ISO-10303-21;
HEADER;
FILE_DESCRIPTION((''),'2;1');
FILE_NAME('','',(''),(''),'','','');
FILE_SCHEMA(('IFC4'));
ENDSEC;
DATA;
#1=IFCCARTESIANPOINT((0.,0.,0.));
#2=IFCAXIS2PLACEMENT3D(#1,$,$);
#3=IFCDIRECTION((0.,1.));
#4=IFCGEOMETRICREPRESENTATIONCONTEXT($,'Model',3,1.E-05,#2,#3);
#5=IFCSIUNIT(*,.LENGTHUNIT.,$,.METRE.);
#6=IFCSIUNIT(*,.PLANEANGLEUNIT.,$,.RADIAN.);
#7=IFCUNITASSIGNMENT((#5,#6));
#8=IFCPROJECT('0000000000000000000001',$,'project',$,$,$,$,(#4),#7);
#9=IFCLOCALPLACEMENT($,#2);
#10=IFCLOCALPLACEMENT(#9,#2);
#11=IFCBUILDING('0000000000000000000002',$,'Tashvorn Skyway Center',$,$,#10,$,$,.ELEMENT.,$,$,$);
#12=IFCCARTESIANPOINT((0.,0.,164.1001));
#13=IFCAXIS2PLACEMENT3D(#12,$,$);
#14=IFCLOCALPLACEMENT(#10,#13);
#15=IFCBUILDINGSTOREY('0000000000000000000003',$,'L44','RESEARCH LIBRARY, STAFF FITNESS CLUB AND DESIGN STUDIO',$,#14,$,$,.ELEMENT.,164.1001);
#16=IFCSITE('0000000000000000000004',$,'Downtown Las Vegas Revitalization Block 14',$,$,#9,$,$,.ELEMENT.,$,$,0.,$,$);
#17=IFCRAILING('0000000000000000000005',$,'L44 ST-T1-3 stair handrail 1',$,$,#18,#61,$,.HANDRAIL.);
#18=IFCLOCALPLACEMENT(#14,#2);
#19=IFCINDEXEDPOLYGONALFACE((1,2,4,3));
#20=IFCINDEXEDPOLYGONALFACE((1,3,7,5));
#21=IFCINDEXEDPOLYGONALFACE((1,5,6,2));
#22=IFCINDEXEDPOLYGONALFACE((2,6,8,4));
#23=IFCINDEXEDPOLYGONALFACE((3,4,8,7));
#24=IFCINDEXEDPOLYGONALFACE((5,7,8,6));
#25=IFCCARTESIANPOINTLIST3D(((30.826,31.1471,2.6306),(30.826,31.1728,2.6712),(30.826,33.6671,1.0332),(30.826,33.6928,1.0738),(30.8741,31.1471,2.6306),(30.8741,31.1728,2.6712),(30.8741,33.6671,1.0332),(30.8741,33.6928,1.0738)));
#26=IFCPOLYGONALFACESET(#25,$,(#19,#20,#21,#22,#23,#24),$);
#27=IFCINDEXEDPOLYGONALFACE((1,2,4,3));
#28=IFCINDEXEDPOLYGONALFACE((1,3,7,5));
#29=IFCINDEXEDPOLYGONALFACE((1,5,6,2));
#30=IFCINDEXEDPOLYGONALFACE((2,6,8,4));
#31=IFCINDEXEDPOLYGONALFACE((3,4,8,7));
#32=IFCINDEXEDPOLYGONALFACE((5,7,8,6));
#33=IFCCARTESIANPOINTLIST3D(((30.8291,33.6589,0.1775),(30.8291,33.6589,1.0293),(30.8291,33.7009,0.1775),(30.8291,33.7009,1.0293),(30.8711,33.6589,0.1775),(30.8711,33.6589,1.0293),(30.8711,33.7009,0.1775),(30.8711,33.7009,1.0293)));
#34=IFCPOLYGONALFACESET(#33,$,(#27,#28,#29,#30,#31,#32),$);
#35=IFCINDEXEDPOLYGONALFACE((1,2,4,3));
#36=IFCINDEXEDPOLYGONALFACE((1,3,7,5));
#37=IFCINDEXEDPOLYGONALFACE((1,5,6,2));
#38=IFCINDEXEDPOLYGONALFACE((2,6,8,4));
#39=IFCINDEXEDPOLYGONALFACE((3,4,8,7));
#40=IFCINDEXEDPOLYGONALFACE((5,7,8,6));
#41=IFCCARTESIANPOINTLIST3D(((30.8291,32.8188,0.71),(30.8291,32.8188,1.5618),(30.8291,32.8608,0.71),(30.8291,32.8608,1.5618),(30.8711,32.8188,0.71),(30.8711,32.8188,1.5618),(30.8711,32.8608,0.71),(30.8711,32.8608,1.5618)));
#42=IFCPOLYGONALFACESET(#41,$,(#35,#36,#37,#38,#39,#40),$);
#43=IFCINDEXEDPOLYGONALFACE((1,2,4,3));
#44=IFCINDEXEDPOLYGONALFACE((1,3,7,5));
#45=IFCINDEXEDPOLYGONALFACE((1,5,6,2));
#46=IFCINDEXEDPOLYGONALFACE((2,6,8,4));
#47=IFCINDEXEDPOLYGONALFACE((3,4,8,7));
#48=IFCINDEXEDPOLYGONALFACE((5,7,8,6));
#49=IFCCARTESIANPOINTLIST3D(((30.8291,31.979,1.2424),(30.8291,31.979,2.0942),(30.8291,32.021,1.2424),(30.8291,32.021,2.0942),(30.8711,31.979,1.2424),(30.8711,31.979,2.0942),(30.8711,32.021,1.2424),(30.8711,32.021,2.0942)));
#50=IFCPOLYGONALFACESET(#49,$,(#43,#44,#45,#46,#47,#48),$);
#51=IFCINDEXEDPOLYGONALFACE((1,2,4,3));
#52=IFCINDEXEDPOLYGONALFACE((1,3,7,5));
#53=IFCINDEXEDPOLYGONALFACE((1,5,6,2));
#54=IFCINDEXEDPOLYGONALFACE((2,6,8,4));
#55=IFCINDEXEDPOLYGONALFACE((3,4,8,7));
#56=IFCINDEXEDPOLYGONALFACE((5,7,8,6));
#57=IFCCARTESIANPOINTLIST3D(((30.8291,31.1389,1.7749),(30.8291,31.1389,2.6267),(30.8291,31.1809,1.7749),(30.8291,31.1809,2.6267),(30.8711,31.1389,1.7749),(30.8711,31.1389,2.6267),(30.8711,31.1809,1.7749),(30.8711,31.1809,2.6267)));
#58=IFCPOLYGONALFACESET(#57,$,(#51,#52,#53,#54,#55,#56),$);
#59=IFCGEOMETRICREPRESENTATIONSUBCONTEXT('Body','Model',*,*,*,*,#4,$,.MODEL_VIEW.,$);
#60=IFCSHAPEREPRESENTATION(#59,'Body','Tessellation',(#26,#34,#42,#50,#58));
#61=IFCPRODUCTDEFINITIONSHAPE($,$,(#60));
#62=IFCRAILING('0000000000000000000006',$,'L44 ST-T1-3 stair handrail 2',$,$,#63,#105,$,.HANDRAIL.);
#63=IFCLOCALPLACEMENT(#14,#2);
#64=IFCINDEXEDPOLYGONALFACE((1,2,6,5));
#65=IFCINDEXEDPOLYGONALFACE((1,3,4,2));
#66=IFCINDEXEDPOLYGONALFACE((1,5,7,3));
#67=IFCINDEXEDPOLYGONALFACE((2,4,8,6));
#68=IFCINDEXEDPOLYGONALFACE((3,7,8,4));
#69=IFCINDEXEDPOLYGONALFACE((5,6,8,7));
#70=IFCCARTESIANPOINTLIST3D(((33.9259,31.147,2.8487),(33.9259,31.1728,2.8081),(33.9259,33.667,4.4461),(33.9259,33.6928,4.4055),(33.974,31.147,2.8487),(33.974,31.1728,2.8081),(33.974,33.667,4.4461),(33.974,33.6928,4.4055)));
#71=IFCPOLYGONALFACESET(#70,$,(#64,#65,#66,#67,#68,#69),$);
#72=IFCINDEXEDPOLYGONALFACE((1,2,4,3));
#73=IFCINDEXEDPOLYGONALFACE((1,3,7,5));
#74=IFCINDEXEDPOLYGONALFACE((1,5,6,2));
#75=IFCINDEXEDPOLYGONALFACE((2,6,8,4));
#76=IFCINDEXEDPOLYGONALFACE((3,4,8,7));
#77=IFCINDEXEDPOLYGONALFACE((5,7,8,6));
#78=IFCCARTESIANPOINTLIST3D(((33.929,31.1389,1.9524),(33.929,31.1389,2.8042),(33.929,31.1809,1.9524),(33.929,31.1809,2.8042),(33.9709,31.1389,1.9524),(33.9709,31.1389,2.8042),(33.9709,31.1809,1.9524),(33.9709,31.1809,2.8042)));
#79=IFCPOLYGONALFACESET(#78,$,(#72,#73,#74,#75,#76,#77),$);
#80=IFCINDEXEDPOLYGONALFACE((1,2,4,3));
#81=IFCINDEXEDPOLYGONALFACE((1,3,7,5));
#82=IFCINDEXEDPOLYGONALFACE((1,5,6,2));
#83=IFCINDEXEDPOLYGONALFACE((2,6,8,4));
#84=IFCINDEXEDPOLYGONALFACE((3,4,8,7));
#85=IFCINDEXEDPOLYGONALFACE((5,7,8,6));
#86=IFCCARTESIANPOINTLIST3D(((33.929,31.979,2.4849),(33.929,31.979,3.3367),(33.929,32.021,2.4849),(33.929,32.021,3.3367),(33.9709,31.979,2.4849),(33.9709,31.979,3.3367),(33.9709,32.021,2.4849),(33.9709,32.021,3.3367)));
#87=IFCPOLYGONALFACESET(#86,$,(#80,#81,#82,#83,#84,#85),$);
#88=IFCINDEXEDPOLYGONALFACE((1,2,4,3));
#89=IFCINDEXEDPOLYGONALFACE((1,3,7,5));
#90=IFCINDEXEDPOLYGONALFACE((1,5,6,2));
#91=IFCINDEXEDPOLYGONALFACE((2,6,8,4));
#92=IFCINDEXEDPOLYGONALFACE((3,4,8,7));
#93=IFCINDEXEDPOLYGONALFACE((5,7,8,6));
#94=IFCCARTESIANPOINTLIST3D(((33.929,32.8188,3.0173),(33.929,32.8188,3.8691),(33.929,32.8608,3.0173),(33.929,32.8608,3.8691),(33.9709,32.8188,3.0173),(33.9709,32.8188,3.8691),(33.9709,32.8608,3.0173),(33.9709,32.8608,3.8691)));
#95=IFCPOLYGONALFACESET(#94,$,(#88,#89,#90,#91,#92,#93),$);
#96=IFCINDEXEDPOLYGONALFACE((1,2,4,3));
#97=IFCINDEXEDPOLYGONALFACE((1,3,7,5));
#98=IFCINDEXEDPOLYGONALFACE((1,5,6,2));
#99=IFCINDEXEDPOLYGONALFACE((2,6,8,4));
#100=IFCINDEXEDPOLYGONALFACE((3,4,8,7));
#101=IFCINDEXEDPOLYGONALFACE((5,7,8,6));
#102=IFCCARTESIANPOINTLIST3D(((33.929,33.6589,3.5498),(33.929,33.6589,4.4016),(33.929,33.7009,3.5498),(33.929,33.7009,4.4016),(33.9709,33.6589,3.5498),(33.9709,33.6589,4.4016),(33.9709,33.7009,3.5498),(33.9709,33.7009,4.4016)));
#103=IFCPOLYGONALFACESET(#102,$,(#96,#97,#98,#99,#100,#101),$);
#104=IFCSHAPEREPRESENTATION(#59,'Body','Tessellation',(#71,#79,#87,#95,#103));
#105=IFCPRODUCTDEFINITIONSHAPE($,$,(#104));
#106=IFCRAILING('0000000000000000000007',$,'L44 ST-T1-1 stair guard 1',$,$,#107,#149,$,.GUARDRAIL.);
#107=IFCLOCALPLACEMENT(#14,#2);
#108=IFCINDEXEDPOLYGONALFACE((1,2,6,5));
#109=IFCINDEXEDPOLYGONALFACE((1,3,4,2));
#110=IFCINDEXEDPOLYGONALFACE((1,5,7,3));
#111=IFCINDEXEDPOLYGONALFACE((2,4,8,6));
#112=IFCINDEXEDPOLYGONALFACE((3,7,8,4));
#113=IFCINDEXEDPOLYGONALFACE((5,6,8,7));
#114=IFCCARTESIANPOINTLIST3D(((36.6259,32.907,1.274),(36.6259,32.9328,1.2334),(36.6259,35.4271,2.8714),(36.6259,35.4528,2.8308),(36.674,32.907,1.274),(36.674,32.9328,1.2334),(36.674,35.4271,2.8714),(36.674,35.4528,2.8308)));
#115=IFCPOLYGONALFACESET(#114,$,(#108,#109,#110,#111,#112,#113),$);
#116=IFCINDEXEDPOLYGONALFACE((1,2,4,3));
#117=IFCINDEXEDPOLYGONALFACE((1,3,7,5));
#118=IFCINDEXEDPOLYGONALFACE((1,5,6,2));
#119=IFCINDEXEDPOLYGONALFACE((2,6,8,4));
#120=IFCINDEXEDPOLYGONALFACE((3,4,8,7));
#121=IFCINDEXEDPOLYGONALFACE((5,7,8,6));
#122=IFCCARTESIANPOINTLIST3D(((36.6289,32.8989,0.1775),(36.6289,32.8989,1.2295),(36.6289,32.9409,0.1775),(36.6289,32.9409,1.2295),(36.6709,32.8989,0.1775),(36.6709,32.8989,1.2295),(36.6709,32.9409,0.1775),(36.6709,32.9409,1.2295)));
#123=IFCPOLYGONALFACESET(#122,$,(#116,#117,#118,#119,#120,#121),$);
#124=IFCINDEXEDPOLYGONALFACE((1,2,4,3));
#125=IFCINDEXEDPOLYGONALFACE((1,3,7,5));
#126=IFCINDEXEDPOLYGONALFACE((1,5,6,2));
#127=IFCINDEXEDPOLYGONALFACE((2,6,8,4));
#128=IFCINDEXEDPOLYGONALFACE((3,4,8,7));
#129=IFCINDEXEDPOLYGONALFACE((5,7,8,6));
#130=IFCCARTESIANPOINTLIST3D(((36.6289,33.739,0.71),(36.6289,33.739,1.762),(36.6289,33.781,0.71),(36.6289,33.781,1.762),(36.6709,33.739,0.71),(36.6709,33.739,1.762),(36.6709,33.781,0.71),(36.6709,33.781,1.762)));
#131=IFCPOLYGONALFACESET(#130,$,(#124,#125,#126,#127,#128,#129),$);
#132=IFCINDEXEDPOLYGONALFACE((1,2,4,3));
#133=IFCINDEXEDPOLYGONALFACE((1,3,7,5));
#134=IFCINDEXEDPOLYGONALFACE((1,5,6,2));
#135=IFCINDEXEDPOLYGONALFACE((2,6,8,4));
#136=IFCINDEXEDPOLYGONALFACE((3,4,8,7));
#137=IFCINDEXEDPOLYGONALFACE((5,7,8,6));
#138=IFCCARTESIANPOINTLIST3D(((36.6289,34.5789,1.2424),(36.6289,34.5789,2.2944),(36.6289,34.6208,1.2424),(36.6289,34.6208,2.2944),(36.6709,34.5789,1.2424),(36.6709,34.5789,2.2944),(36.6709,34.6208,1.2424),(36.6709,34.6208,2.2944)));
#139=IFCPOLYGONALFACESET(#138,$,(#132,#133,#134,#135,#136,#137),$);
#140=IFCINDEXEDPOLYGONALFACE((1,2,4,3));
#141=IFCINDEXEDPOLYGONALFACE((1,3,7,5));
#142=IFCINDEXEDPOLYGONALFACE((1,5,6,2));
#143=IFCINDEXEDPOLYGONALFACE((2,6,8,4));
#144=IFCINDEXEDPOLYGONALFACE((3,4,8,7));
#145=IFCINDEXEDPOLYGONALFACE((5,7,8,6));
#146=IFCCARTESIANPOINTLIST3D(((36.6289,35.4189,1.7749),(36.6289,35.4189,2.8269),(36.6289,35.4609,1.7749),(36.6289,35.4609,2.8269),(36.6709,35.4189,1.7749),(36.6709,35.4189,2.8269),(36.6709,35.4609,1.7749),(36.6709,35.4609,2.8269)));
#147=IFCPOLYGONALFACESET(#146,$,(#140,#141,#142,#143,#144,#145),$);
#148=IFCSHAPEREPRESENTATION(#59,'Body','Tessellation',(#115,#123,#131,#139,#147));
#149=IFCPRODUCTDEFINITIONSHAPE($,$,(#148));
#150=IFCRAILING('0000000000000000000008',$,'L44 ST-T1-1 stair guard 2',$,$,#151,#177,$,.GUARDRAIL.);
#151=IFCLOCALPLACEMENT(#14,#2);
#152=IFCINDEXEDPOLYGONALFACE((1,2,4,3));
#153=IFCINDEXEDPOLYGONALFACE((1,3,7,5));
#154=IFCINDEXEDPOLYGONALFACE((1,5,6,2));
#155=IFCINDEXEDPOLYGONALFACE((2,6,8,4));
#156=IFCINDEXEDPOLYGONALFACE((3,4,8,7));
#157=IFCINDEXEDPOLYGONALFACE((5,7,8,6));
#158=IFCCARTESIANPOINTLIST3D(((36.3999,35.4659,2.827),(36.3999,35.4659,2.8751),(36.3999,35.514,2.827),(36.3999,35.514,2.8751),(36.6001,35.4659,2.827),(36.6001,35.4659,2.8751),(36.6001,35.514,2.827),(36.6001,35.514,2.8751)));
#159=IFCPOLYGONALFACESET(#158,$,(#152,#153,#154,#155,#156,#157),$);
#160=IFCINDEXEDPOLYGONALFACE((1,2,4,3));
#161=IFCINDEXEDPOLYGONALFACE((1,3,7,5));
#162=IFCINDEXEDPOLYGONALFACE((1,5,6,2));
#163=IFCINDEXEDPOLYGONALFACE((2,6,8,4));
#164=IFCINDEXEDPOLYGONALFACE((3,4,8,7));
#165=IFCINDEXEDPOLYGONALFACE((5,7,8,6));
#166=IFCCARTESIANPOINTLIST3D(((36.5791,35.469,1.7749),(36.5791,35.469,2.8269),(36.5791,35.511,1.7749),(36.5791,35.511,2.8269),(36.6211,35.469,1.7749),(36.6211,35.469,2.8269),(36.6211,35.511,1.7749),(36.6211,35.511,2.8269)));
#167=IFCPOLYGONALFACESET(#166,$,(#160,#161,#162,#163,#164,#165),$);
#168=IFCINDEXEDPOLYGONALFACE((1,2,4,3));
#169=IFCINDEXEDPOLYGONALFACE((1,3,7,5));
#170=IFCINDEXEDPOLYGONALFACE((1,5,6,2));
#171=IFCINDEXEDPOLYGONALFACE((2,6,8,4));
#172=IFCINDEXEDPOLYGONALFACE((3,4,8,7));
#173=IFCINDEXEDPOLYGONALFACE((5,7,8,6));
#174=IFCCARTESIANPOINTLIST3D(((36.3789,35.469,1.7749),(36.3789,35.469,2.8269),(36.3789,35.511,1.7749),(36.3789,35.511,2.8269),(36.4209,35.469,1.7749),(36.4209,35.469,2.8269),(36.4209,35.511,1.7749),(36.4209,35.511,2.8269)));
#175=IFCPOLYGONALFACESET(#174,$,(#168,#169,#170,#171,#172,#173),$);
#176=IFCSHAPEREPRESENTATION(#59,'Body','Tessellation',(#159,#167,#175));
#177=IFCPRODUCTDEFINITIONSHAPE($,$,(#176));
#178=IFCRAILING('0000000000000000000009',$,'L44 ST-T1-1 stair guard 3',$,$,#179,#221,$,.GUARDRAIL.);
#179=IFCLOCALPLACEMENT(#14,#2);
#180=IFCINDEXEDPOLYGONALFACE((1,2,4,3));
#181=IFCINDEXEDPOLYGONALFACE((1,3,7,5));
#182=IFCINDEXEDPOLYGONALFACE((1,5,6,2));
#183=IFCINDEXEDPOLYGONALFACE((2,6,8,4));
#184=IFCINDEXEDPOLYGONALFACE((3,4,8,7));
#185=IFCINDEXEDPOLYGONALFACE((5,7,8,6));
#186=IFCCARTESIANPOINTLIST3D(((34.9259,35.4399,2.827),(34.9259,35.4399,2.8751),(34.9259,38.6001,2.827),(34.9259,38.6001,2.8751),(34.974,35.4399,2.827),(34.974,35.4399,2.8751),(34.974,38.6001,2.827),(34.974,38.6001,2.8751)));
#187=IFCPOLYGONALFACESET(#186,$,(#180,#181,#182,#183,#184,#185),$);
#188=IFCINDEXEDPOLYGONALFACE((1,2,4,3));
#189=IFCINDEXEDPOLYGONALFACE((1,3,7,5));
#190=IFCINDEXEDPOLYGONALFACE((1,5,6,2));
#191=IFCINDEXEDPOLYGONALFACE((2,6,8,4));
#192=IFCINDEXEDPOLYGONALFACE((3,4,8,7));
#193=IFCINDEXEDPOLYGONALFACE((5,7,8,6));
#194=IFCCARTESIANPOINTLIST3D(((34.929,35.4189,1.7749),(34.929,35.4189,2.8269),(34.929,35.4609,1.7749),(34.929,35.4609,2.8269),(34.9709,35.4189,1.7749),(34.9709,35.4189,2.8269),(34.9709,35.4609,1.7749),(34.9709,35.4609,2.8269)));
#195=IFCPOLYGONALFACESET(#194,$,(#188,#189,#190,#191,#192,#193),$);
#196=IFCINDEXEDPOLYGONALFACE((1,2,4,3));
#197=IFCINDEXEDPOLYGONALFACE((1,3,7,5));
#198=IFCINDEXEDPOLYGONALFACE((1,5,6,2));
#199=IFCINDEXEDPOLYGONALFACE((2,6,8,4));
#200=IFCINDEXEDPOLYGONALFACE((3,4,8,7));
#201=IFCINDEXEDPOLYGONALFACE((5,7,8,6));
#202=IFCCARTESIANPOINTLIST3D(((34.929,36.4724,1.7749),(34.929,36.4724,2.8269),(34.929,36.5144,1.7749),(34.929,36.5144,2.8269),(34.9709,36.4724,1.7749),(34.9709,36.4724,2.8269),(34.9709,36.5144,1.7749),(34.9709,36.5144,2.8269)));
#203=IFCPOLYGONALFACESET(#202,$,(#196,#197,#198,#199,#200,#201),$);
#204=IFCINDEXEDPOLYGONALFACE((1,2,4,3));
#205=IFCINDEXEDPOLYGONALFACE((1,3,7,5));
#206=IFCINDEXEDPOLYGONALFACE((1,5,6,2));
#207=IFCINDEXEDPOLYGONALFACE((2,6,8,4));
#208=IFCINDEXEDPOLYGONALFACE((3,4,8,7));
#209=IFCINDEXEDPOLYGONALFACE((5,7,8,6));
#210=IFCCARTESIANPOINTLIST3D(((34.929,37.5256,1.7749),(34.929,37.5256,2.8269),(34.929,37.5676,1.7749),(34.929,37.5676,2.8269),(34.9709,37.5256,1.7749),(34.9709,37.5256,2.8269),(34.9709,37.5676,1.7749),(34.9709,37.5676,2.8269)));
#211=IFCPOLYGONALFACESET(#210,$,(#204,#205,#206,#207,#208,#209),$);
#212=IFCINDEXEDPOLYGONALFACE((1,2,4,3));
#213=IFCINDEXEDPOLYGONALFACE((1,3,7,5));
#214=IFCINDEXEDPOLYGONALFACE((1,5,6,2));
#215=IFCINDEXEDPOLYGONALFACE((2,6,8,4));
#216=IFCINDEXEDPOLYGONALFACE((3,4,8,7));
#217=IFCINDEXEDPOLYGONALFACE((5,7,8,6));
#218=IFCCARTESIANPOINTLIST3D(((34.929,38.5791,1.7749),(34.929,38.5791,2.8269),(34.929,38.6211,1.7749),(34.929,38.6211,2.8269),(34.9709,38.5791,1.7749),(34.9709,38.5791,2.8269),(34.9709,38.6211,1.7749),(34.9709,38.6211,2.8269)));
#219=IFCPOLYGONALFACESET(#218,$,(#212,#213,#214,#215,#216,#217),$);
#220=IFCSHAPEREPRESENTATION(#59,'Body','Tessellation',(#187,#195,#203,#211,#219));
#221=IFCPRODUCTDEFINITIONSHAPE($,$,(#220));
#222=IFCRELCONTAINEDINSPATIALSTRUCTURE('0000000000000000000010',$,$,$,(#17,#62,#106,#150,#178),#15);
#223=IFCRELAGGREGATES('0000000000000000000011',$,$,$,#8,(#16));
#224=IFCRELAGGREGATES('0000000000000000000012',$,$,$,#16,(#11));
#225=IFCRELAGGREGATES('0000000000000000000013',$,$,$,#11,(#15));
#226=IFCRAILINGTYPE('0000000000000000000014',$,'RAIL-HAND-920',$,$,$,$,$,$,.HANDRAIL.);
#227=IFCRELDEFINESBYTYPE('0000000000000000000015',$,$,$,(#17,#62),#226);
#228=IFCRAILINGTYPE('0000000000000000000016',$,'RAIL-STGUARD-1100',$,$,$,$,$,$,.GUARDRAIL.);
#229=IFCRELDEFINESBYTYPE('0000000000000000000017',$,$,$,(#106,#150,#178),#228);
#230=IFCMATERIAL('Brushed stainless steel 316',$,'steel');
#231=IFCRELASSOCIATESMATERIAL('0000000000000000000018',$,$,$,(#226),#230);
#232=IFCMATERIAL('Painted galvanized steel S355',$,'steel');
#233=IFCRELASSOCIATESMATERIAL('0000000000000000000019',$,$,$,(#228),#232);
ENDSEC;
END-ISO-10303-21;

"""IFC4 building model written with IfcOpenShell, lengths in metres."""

from ifc_helpers import new_model, si_unit, direction, frame, origin, origin_2d, place, context, subcontext, project, spatial, rectangle, extrude, material, type_object, element, save


model = new_model("IFC4")

# Units and contexts
model_context = context("Model", 3, precision=1e-05, world=origin(), true_north=direction((0.0, 1.0)))
body_context = subcontext(model_context, "Body", "Model", "MODEL_VIEW")
ifc_project = project(units=[si_unit("LENGTHUNIT", "METRE"), si_unit("PLANEANGLEUNIT", "RADIAN")], contexts=[model_context])

# Site, building, storey
site_placement = place(None, origin())
site = spatial("IfcSite", under=ifc_project, at=site_placement, Name="Downtown Las Vegas Revitalization Block 14", CompositionType="ELEMENT", RefElevation=0.0)
building_placement = place(site_placement, origin())
building = spatial("IfcBuilding", under=site, at=building_placement, Name="Tashvorn Skyway Center", CompositionType="ELEMENT")
storey_placement = place(building_placement, frame((0.0, 0.0, 164.1001)))
storey = spatial("IfcBuildingStorey", under=building, at=storey_placement, Name="L44", Description="RESEARCH LIBRARY, STAFF FITNESS CLUB AND DESIGN STUDIO", CompositionType="ELEMENT", Elevation=164.1001)

# Railings
ifc_material_1 = material(Name="Brushed stainless steel 316", Category="steel")
railing_type_1 = type_object("IfcRailingType", Name="RAIL-HAND-920", PredefinedType="HANDRAIL", material=ifc_material_1)
for number, where, name in (
    (1, (30.8501, 33.6799, 0.1775), "L44 ST-T1-3 stair handrail 1"),
):
    element("IfcRailing", number, at=place(storey_placement, frame(where)), inside=storey, type_object=railing_type_1, Name=name, PredefinedType="HANDRAIL", context=body_context, shape_type="SweptSolid", body=[
        extrude(rectangle(XDim=0.0481, YDim=0.0481, at=origin_2d()), frame((0.0, 0.0, 0.876), z_axis=(0.0, -0.844607, 0.535387), x_axis=(1.0, 0.0, 0.0)), (0.0, 0.0, 1.0), 2.9836),
        extrude(rectangle(XDim=0.042, YDim=0.042, at=origin_2d()), origin(), (0.0, 0.0, 1.0), 0.8518),
        extrude(rectangle(XDim=0.042, YDim=0.042, at=origin_2d()), frame((0.0, -0.8401, 0.5325)), (0.0, 0.0, 1.0), 0.8518),
        extrude(rectangle(XDim=0.042, YDim=0.042, at=origin_2d()), frame((0.0, -1.6799, 1.0649)), (0.0, 0.0, 1.0), 0.8518),
        extrude(rectangle(XDim=0.042, YDim=0.042, at=origin_2d()), frame((0.0, -2.52, 1.5974)), (0.0, 0.0, 1.0), 0.8518),
    ])
railing_1_placement = place(storey_placement, frame((33.95, 31.1599, 1.9524)))
element("IfcRailing", 2, at=railing_1_placement, inside=storey, type_object=railing_type_1, Name="L44 ST-T1-3 stair handrail 2", PredefinedType="HANDRAIL", context=body_context, shape_type="SweptSolid", body=[
    extrude(rectangle(XDim=0.0481, YDim=0.0481, at=origin_2d()), frame((0.0, 0.0, 0.876), z_axis=(0.0, 0.844607, 0.535387), x_axis=(-1.0, 0.0, 0.0)), (0.0, 0.0, 1.0), 2.9836),
    extrude(rectangle(XDim=0.042, YDim=0.042, at=origin_2d()), origin(), (0.0, 0.0, 1.0), 0.8518),
    extrude(rectangle(XDim=0.042, YDim=0.042, at=origin_2d()), frame((0.0, 0.8401, 0.5325)), (0.0, 0.0, 1.0), 0.8518),
    extrude(rectangle(XDim=0.042, YDim=0.042, at=origin_2d()), frame((0.0, 1.6799, 1.0649)), (0.0, 0.0, 1.0), 0.8518),
    extrude(rectangle(XDim=0.042, YDim=0.042, at=origin_2d()), frame((0.0, 2.52, 1.5974)), (0.0, 0.0, 1.0), 0.8518),
])
ifc_material_2 = material(Name="Painted galvanized steel S355", Category="steel")
railing_type_2 = type_object("IfcRailingType", Name="RAIL-STGUARD-1100", PredefinedType="GUARDRAIL", material=ifc_material_2)
railing_2_placement = place(storey_placement, frame((36.6499, 32.9199, 0.1775)))
element("IfcRailing", 3, at=railing_2_placement, inside=storey, type_object=railing_type_2, Name="L44 ST-T1-1 stair guard 1", PredefinedType="GUARDRAIL", context=body_context, shape_type="SweptSolid", body=[
    extrude(rectangle(XDim=0.0481, YDim=0.0481, at=origin_2d()), frame((0.0, 0.0, 1.0762), z_axis=(0.0, 0.844607, 0.535387), x_axis=(-1.0, 0.0, 0.0)), (0.0, 0.0, 1.0), 2.9836),
    extrude(rectangle(XDim=0.042, YDim=0.042, at=origin_2d()), origin(), (0.0, 0.0, 1.0), 1.052),
    extrude(rectangle(XDim=0.042, YDim=0.042, at=origin_2d()), frame((0.0, 0.8401, 0.5325)), (0.0, 0.0, 1.0), 1.052),
    extrude(rectangle(XDim=0.042, YDim=0.042, at=origin_2d()), frame((0.0, 1.6799, 1.0649)), (0.0, 0.0, 1.0), 1.052),
    extrude(rectangle(XDim=0.042, YDim=0.042, at=origin_2d()), frame((0.0, 2.52, 1.5974)), (0.0, 0.0, 1.0), 1.052),
])
railing_3_placement = place(storey_placement, frame((36.6001, 35.49, 1.7749)))
element("IfcRailing", 4, at=railing_3_placement, inside=storey, type_object=railing_type_2, Name="L44 ST-T1-1 stair guard 2", PredefinedType="GUARDRAIL", context=body_context, shape_type="SweptSolid", body=[
    extrude(rectangle(XDim=0.0481, YDim=0.0481, at=origin_2d()), frame((0.0, 0.0, 1.0762), z_axis=(-1.0, 0.0, 0.0), x_axis=(0.0, -1.0, 0.0)), (0.0, 0.0, 1.0), 0.2002),
    extrude(rectangle(XDim=0.042, YDim=0.042, at=origin_2d()), origin(), (0.0, 0.0, 1.0), 1.052),
    extrude(rectangle(XDim=0.042, YDim=0.042, at=origin_2d()), frame((-0.2002, 0.0, 0.0)), (0.0, 0.0, 1.0), 1.052),
])
railing_4_placement = place(storey_placement, frame((34.95, 35.4399, 1.7749)))
element("IfcRailing", 5, at=railing_4_placement, inside=storey, type_object=railing_type_2, Name="L44 ST-T1-1 stair guard 3", PredefinedType="GUARDRAIL", context=body_context, shape_type="SweptSolid", body=[
    extrude(rectangle(XDim=0.0481, YDim=0.0481, at=origin_2d()), frame((0.0, 0.0, 1.0762), z_axis=(0.0, 1.0, 0.0), x_axis=(-1.0, 0.0, 0.0)), (0.0, 0.0, 1.0), 3.1602),
    extrude(rectangle(XDim=0.042, YDim=0.042, at=origin_2d()), origin(), (0.0, 0.0, 1.0), 1.052),
    extrude(rectangle(XDim=0.042, YDim=0.042, at=origin_2d()), frame((0.0, 1.0535, 0.0)), (0.0, 0.0, 1.0), 1.052),
    extrude(rectangle(XDim=0.042, YDim=0.042, at=origin_2d()), frame((0.0, 2.1067, 0.0)), (0.0, 0.0, 1.0), 1.052),
    extrude(rectangle(XDim=0.042, YDim=0.042, at=origin_2d()), frame((0.0, 3.1602, 0.0)), (0.0, 0.0, 1.0), 1.052),
])

save(model, "model.ifc")
